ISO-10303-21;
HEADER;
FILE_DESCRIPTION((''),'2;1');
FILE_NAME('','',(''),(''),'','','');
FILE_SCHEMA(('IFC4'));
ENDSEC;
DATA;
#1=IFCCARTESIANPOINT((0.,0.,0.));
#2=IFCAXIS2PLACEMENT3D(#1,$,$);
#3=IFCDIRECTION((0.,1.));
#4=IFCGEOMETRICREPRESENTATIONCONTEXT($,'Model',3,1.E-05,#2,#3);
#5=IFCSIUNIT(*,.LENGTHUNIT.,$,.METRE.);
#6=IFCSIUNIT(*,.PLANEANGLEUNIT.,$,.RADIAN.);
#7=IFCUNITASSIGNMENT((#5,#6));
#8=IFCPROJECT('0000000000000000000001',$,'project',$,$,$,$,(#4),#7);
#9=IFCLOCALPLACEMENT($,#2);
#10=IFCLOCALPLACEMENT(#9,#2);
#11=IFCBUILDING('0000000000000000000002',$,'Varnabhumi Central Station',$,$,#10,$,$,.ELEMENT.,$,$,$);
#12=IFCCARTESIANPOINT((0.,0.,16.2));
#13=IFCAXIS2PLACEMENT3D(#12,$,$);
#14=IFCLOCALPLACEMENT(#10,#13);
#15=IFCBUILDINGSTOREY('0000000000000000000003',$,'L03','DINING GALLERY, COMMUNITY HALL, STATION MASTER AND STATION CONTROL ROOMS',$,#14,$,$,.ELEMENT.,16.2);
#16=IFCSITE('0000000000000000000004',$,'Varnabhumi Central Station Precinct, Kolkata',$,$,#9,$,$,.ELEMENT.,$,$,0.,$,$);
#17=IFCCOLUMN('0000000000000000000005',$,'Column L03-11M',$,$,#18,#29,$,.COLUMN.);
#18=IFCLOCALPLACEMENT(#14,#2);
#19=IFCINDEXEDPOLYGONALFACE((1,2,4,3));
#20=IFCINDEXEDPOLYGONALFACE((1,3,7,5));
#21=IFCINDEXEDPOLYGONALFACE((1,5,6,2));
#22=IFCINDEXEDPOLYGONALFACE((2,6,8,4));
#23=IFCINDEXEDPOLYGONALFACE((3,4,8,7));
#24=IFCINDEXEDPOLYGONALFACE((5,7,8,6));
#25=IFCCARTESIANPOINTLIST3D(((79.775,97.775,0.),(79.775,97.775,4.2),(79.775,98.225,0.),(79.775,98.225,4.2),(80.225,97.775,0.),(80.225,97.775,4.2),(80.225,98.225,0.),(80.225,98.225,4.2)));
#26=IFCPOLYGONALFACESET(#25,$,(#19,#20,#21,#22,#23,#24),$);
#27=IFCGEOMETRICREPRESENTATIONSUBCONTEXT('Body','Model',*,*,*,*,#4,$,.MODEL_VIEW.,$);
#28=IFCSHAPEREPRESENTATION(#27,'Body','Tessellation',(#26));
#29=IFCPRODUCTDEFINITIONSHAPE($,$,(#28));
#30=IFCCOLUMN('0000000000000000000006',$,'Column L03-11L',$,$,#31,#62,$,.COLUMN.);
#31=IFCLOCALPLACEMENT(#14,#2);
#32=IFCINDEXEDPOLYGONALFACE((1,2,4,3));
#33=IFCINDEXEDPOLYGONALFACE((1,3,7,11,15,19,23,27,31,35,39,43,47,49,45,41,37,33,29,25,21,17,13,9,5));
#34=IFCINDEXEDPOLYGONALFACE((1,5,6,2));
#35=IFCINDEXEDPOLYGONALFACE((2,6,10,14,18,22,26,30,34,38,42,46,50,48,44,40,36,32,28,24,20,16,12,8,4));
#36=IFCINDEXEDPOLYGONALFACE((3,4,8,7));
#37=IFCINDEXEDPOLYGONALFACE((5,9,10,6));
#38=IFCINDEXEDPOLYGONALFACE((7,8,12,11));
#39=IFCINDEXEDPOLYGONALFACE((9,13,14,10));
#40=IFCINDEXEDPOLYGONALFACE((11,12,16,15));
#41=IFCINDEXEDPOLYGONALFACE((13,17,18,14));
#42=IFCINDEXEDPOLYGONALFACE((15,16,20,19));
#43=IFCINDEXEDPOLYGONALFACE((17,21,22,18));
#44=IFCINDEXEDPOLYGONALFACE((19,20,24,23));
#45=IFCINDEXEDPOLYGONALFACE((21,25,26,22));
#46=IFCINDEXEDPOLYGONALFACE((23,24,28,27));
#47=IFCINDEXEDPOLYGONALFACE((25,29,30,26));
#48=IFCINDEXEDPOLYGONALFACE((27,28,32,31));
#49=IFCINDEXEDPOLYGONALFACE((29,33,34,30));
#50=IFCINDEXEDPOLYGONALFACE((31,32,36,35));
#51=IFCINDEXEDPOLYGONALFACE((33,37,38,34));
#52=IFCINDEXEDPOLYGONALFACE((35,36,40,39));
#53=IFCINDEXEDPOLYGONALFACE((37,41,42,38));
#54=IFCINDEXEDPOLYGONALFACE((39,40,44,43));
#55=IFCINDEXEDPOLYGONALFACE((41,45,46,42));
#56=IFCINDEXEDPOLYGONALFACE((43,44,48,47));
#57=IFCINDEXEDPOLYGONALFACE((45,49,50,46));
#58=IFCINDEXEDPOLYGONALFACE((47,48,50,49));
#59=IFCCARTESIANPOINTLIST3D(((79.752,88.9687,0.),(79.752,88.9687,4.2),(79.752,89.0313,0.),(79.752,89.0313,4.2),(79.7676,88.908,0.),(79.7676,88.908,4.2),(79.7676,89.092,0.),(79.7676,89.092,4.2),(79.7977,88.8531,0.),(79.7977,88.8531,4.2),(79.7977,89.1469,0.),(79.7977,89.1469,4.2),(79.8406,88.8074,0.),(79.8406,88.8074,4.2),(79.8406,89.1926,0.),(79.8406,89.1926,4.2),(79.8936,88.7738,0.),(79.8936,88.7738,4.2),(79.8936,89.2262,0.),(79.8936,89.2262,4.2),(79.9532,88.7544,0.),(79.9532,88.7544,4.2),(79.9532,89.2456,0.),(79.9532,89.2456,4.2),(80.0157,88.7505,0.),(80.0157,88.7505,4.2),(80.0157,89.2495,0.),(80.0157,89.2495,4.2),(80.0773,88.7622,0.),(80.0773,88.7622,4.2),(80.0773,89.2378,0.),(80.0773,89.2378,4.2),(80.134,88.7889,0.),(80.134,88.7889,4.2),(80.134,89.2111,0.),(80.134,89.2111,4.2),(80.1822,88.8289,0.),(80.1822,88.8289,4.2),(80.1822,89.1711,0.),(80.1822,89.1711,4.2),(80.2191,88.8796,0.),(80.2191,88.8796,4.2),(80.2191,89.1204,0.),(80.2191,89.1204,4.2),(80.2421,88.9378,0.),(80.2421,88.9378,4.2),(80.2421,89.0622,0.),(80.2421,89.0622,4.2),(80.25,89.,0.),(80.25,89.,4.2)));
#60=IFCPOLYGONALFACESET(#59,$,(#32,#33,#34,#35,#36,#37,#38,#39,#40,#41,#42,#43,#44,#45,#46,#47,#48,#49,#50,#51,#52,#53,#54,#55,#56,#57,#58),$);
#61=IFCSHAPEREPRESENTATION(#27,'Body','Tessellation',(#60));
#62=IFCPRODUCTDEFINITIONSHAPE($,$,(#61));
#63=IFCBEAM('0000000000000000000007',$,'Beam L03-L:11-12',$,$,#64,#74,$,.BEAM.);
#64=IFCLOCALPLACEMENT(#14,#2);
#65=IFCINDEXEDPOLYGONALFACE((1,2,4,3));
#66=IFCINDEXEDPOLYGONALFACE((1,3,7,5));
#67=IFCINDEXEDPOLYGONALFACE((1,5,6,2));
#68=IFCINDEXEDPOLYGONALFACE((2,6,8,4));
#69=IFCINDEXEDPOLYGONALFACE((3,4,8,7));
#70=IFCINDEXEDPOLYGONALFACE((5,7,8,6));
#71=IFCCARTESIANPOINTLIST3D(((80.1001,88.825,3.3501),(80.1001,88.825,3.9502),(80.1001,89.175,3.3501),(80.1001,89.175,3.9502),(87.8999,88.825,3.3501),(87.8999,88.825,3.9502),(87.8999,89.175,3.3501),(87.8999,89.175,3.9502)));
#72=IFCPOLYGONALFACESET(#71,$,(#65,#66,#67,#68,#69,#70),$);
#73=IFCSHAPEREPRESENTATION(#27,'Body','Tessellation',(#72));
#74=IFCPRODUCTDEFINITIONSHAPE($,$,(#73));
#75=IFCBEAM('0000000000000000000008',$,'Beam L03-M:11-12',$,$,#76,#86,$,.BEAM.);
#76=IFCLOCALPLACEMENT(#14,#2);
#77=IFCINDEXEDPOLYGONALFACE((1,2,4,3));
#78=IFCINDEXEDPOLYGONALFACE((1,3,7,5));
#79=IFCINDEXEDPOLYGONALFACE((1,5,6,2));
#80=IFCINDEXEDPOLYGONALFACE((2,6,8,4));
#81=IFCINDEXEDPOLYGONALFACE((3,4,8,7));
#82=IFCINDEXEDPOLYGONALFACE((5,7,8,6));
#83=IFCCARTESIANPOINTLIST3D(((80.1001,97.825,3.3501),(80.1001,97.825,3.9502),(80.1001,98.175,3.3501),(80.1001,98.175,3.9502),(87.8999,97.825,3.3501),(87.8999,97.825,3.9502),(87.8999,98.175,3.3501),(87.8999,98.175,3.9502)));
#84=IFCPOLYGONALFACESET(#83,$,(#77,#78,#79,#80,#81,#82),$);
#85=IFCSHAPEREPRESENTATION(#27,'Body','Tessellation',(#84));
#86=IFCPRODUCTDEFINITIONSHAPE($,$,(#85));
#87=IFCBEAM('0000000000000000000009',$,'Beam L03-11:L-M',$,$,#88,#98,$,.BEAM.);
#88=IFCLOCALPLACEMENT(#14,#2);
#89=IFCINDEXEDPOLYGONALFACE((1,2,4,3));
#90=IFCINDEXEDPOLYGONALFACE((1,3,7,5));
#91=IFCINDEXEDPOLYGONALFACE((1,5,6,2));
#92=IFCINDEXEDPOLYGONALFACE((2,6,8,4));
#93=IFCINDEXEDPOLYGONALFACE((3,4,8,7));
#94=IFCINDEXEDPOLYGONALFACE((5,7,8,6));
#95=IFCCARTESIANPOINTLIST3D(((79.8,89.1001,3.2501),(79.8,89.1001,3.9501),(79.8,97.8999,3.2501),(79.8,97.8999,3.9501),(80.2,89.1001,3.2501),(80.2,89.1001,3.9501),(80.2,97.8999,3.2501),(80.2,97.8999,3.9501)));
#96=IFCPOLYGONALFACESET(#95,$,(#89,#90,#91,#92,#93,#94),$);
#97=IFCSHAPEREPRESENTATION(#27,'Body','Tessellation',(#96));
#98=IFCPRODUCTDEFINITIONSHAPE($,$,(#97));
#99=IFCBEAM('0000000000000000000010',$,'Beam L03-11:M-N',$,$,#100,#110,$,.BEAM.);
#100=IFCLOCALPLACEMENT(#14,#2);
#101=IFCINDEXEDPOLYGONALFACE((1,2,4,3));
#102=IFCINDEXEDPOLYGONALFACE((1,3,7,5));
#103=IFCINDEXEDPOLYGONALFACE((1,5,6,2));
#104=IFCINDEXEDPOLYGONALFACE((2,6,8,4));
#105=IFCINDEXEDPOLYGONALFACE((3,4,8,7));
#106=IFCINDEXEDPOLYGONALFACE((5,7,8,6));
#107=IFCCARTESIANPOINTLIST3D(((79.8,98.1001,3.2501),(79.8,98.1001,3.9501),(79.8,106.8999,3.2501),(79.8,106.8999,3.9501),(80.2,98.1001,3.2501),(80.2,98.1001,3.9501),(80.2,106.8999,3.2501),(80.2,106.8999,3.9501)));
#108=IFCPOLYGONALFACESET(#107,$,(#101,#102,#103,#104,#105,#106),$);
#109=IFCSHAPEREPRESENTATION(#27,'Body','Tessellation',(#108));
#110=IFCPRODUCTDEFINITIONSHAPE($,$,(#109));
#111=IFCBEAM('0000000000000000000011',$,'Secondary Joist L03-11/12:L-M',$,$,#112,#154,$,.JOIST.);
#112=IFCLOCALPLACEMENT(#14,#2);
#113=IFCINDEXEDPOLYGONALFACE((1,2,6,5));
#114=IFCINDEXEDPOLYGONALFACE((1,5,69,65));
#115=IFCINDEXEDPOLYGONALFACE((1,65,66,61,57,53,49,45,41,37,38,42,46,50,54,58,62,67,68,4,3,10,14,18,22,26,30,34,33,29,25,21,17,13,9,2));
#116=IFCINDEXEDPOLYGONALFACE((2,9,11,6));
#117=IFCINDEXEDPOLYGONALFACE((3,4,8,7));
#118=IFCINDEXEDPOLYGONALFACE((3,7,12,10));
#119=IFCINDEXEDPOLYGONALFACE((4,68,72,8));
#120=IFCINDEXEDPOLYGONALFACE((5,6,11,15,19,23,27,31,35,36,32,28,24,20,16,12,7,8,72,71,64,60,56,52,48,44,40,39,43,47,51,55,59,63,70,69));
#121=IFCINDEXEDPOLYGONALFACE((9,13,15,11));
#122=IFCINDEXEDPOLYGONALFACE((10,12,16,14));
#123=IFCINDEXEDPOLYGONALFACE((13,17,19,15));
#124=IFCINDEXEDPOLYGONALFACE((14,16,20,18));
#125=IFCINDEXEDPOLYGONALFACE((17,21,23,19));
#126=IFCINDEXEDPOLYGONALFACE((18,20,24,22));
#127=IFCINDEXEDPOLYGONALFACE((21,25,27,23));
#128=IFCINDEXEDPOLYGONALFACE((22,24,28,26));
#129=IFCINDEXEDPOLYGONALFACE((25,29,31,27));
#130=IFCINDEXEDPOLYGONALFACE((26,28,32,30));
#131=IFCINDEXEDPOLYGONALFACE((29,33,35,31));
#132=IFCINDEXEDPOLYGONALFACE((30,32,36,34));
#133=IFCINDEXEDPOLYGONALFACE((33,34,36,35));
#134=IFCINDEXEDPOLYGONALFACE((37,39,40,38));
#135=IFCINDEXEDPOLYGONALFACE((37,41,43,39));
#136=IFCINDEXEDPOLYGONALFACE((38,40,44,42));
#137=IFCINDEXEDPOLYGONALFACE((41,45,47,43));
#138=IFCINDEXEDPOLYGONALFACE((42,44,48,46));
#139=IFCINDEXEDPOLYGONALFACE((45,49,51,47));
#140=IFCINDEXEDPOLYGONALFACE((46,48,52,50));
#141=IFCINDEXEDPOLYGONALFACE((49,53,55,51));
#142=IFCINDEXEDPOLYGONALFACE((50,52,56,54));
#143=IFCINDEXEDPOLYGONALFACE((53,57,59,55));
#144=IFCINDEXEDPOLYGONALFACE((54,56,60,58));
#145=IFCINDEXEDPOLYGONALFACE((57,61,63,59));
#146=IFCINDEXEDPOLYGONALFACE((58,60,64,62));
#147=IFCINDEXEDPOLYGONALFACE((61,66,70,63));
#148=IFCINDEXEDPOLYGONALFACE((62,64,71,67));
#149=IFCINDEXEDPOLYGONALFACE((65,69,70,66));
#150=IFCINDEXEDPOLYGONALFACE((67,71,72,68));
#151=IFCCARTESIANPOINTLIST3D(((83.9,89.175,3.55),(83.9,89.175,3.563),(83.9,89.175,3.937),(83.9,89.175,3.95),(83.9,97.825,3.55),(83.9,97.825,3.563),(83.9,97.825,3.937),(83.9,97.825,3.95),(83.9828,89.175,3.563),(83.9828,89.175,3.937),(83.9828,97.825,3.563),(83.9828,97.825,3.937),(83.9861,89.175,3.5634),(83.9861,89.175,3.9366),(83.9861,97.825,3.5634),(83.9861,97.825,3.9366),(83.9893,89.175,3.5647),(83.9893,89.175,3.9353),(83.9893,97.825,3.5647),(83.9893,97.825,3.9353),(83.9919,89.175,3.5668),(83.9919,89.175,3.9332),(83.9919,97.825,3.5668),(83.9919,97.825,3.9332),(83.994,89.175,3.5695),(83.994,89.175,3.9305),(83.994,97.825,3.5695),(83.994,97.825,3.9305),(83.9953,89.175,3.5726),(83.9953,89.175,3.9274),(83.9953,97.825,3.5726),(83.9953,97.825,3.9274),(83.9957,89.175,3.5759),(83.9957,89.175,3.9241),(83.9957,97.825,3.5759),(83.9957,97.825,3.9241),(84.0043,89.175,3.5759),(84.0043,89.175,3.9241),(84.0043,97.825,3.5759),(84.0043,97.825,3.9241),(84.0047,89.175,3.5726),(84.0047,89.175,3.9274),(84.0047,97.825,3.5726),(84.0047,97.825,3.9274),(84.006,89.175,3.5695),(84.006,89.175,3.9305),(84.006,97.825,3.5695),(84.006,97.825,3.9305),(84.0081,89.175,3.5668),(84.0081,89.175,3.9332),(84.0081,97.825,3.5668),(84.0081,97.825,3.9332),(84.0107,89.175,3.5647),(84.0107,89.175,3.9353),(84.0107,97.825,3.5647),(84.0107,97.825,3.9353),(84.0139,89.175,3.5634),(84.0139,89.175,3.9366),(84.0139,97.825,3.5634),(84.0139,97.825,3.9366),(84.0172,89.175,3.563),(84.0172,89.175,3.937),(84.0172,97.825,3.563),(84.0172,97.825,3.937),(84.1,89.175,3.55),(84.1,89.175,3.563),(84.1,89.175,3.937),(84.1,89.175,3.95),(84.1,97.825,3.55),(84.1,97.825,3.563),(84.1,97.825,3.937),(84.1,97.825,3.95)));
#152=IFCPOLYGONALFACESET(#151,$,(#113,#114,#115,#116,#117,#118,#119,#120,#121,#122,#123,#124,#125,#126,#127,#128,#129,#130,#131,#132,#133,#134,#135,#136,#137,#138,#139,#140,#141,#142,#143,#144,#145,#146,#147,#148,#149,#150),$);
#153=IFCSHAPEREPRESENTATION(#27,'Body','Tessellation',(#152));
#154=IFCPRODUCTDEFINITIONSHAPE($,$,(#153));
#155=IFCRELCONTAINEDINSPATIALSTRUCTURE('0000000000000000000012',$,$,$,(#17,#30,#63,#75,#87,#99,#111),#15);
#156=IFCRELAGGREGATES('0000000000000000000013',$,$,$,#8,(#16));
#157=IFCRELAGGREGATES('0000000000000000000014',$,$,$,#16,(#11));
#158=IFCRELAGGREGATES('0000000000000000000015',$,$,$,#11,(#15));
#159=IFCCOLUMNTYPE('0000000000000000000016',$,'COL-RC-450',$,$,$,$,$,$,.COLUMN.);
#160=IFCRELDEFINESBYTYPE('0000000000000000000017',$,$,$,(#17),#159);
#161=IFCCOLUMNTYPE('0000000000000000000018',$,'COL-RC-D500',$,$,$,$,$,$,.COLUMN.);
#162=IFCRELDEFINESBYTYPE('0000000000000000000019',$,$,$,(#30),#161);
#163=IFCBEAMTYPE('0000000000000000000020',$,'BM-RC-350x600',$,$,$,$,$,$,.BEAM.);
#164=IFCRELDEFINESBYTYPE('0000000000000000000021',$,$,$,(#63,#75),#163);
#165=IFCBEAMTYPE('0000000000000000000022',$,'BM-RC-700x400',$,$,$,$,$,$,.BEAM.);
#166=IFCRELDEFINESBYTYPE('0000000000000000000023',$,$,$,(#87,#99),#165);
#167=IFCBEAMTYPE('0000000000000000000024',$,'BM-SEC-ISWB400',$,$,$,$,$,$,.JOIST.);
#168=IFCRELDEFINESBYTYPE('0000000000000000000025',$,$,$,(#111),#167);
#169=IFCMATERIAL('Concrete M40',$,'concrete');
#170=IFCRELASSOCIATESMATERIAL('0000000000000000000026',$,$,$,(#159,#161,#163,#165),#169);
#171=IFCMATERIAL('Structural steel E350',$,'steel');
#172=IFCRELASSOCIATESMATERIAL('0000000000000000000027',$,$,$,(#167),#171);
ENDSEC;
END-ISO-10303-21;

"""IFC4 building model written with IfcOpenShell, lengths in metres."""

from ifc_helpers import new_model, si_unit, direction, frame, origin, origin_2d, place, context, subcontext, project, spatial, rectangle, circle, i_section, extrude, material, material_profile, profile_set, type_object, element, save


model = new_model("IFC4")

# Units and contexts
model_context = context("Model", 3, precision=1e-05, world=origin(), true_north=direction((0.0, 1.0)))
body_context = subcontext(model_context, "Body", "Model", "MODEL_VIEW")
ifc_project = project(units=[si_unit("LENGTHUNIT", "METRE"), si_unit("PLANEANGLEUNIT", "RADIAN")], contexts=[model_context])

# Site, building, storey
site_placement = place(None, origin())
site = spatial("IfcSite", under=ifc_project, at=site_placement, Name="Varnabhumi Central Station Precinct, Kolkata", CompositionType="ELEMENT", RefElevation=0.0)
building_placement = place(site_placement, origin())
building = spatial("IfcBuilding", under=site, at=building_placement, Name="Varnabhumi Central Station", CompositionType="ELEMENT")
storey_placement = place(building_placement, frame((0.0, 0.0, 16.2)))
storey = spatial("IfcBuildingStorey", under=building, at=storey_placement, Name="L03", Description="DINING GALLERY, COMMUNITY HALL, STATION MASTER AND STATION CONTROL ROOMS", CompositionType="ELEMENT", Elevation=16.2)

# Columns
ifc_material_1 = material(Name="Concrete M40", Category="concrete")
ifc_material_profile_1 = material_profile(ifc_material_1, rectangle(XDim=0.45, YDim=0.45, at=origin_2d()), Name="Concrete M40", Category="concrete")
ifc_profile_set_1 = profile_set([ifc_material_profile_1], Name="Concrete M40")
column_type_1 = type_object("IfcColumnType", Name="COL-RC-450", PredefinedType="COLUMN", material=ifc_profile_set_1)
column_1_placement = place(storey_placement, frame((80.0, 98.0, 0.0), z_axis=(0.0, 0.0, 1.0), x_axis=(1.0, 0.0, 0.0)))
element("IfcColumn", 1, at=column_1_placement, inside=storey, type_object=column_type_1, Name="Column L03-11M", PredefinedType="COLUMN", context=body_context, shape_type="SweptSolid", body=[
    extrude(rectangle(XDim=0.45, YDim=0.45, at=origin_2d()), origin(), (0.0, 0.0, 1.0), 4.2),
])
ifc_material_profile_2 = material_profile(ifc_material_1, circle(Radius=0.25, at=origin_2d()), Name="Concrete M40", Category="concrete")
ifc_profile_set_2 = profile_set([ifc_material_profile_2], Name="Concrete M40")
column_type_2 = type_object("IfcColumnType", Name="COL-RC-D500", PredefinedType="COLUMN", material=ifc_profile_set_2)
column_2_placement = place(storey_placement, frame((80.0, 89.0, 0.0), z_axis=(0.0, 0.0, 1.0), x_axis=(1.0, 0.0, 0.0)))
element("IfcColumn", 2, at=column_2_placement, inside=storey, type_object=column_type_2, Name="Column L03-11L", PredefinedType="COLUMN", context=body_context, shape_type="SweptSolid", body=[
    extrude(circle(Radius=0.25, at=origin_2d()), origin(), (0.0, 0.0, 1.0), 4.2),
])

# Beams
ifc_material_profile_3 = material_profile(ifc_material_1, rectangle(XDim=0.3501, YDim=0.6001, at=origin_2d()), Name="Concrete M40", Category="concrete")
ifc_profile_set_3 = profile_set([ifc_material_profile_3], Name="Concrete M40")
beam_type_1 = type_object("IfcBeamType", Name="BM-RC-350x600", PredefinedType="BEAM", material=ifc_profile_set_3)
for number, where, z_axis, x_axis, name in (
    (3, (80.1001, 89.0, 3.6501), (1.0, 0.0, 0.0), (0.0, 1.0, 0.0), "Beam L03-L:11-12"),
    (4, (80.1001, 98.0, 3.6501), (1.0, 0.0, 0.0), (0.0, 1.0, 0.0), "Beam L03-M:11-12"),
):
    element("IfcBeam", number, at=place(storey_placement, frame(where, z_axis=z_axis, x_axis=x_axis)), inside=storey, type_object=beam_type_1, Name=name, PredefinedType="BEAM", context=body_context, shape_type="SweptSolid", body=[
        extrude(rectangle(XDim=0.3501, YDim=0.6001, at=origin_2d()), origin(), (0.0, 0.0, 1.0), 7.7998),
    ])
ifc_material_profile_4 = material_profile(ifc_material_1, rectangle(XDim=0.3999, YDim=0.7, at=origin_2d()), Name="Concrete M40", Category="concrete")
ifc_profile_set_4 = profile_set([ifc_material_profile_4], Name="Concrete M40")
beam_type_2 = type_object("IfcBeamType", Name="BM-RC-700x400", PredefinedType="BEAM", material=ifc_profile_set_4)
for number, where, z_axis, x_axis, name in (
    (5, (80.0, 89.1001, 3.6001), (0.0, 1.0, 0.0), (-1.0, 0.0, 0.0), "Beam L03-11:L-M"),
    (6, (80.0, 98.1001, 3.6001), (0.0, 1.0, 0.0), (-1.0, 0.0, 0.0), "Beam L03-11:M-N"),
):
    element("IfcBeam", number, at=place(storey_placement, frame(where, z_axis=z_axis, x_axis=x_axis)), inside=storey, type_object=beam_type_2, Name=name, PredefinedType="BEAM", context=body_context, shape_type="SweptSolid", body=[
        extrude(rectangle(XDim=0.3999, YDim=0.7, at=origin_2d()), origin(), (0.0, 0.0, 1.0), 8.7998),
    ])
ifc_material_2 = material(Name="Structural steel E350", Category="steel")
ifc_material_profile_5 = material_profile(ifc_material_2, i_section(OverallWidth=0.2, OverallDepth=0.3999, WebThickness=0.0085, FlangeThickness=0.0129, FilletRadius=0.0129, at=origin_2d()), Name="Structural steel E350", Category="steel")
ifc_profile_set_5 = profile_set([ifc_material_profile_5], Name="Structural steel E350")
beam_type_3 = type_object("IfcBeamType", Name="BM-SEC-ISWB400", PredefinedType="JOIST", material=ifc_profile_set_5)
beam_placement = place(storey_placement, frame((84.0, 89.175, 3.75), z_axis=(0.0, 1.0, 0.0), x_axis=(-1.0, 0.0, 0.0)))
element("IfcBeam", 7, at=beam_placement, inside=storey, type_object=beam_type_3, Name="Secondary Joist L03-11/12:L-M", PredefinedType="JOIST", context=body_context, shape_type="SweptSolid", body=[
    extrude(i_section(OverallWidth=0.2, OverallDepth=0.3999, WebThickness=0.0085, FlangeThickness=0.0129, FilletRadius=0.0129, at=origin_2d()), origin(), (0.0, 0.0, 1.0), 8.6499),
])

save(model, "model.ifc")
